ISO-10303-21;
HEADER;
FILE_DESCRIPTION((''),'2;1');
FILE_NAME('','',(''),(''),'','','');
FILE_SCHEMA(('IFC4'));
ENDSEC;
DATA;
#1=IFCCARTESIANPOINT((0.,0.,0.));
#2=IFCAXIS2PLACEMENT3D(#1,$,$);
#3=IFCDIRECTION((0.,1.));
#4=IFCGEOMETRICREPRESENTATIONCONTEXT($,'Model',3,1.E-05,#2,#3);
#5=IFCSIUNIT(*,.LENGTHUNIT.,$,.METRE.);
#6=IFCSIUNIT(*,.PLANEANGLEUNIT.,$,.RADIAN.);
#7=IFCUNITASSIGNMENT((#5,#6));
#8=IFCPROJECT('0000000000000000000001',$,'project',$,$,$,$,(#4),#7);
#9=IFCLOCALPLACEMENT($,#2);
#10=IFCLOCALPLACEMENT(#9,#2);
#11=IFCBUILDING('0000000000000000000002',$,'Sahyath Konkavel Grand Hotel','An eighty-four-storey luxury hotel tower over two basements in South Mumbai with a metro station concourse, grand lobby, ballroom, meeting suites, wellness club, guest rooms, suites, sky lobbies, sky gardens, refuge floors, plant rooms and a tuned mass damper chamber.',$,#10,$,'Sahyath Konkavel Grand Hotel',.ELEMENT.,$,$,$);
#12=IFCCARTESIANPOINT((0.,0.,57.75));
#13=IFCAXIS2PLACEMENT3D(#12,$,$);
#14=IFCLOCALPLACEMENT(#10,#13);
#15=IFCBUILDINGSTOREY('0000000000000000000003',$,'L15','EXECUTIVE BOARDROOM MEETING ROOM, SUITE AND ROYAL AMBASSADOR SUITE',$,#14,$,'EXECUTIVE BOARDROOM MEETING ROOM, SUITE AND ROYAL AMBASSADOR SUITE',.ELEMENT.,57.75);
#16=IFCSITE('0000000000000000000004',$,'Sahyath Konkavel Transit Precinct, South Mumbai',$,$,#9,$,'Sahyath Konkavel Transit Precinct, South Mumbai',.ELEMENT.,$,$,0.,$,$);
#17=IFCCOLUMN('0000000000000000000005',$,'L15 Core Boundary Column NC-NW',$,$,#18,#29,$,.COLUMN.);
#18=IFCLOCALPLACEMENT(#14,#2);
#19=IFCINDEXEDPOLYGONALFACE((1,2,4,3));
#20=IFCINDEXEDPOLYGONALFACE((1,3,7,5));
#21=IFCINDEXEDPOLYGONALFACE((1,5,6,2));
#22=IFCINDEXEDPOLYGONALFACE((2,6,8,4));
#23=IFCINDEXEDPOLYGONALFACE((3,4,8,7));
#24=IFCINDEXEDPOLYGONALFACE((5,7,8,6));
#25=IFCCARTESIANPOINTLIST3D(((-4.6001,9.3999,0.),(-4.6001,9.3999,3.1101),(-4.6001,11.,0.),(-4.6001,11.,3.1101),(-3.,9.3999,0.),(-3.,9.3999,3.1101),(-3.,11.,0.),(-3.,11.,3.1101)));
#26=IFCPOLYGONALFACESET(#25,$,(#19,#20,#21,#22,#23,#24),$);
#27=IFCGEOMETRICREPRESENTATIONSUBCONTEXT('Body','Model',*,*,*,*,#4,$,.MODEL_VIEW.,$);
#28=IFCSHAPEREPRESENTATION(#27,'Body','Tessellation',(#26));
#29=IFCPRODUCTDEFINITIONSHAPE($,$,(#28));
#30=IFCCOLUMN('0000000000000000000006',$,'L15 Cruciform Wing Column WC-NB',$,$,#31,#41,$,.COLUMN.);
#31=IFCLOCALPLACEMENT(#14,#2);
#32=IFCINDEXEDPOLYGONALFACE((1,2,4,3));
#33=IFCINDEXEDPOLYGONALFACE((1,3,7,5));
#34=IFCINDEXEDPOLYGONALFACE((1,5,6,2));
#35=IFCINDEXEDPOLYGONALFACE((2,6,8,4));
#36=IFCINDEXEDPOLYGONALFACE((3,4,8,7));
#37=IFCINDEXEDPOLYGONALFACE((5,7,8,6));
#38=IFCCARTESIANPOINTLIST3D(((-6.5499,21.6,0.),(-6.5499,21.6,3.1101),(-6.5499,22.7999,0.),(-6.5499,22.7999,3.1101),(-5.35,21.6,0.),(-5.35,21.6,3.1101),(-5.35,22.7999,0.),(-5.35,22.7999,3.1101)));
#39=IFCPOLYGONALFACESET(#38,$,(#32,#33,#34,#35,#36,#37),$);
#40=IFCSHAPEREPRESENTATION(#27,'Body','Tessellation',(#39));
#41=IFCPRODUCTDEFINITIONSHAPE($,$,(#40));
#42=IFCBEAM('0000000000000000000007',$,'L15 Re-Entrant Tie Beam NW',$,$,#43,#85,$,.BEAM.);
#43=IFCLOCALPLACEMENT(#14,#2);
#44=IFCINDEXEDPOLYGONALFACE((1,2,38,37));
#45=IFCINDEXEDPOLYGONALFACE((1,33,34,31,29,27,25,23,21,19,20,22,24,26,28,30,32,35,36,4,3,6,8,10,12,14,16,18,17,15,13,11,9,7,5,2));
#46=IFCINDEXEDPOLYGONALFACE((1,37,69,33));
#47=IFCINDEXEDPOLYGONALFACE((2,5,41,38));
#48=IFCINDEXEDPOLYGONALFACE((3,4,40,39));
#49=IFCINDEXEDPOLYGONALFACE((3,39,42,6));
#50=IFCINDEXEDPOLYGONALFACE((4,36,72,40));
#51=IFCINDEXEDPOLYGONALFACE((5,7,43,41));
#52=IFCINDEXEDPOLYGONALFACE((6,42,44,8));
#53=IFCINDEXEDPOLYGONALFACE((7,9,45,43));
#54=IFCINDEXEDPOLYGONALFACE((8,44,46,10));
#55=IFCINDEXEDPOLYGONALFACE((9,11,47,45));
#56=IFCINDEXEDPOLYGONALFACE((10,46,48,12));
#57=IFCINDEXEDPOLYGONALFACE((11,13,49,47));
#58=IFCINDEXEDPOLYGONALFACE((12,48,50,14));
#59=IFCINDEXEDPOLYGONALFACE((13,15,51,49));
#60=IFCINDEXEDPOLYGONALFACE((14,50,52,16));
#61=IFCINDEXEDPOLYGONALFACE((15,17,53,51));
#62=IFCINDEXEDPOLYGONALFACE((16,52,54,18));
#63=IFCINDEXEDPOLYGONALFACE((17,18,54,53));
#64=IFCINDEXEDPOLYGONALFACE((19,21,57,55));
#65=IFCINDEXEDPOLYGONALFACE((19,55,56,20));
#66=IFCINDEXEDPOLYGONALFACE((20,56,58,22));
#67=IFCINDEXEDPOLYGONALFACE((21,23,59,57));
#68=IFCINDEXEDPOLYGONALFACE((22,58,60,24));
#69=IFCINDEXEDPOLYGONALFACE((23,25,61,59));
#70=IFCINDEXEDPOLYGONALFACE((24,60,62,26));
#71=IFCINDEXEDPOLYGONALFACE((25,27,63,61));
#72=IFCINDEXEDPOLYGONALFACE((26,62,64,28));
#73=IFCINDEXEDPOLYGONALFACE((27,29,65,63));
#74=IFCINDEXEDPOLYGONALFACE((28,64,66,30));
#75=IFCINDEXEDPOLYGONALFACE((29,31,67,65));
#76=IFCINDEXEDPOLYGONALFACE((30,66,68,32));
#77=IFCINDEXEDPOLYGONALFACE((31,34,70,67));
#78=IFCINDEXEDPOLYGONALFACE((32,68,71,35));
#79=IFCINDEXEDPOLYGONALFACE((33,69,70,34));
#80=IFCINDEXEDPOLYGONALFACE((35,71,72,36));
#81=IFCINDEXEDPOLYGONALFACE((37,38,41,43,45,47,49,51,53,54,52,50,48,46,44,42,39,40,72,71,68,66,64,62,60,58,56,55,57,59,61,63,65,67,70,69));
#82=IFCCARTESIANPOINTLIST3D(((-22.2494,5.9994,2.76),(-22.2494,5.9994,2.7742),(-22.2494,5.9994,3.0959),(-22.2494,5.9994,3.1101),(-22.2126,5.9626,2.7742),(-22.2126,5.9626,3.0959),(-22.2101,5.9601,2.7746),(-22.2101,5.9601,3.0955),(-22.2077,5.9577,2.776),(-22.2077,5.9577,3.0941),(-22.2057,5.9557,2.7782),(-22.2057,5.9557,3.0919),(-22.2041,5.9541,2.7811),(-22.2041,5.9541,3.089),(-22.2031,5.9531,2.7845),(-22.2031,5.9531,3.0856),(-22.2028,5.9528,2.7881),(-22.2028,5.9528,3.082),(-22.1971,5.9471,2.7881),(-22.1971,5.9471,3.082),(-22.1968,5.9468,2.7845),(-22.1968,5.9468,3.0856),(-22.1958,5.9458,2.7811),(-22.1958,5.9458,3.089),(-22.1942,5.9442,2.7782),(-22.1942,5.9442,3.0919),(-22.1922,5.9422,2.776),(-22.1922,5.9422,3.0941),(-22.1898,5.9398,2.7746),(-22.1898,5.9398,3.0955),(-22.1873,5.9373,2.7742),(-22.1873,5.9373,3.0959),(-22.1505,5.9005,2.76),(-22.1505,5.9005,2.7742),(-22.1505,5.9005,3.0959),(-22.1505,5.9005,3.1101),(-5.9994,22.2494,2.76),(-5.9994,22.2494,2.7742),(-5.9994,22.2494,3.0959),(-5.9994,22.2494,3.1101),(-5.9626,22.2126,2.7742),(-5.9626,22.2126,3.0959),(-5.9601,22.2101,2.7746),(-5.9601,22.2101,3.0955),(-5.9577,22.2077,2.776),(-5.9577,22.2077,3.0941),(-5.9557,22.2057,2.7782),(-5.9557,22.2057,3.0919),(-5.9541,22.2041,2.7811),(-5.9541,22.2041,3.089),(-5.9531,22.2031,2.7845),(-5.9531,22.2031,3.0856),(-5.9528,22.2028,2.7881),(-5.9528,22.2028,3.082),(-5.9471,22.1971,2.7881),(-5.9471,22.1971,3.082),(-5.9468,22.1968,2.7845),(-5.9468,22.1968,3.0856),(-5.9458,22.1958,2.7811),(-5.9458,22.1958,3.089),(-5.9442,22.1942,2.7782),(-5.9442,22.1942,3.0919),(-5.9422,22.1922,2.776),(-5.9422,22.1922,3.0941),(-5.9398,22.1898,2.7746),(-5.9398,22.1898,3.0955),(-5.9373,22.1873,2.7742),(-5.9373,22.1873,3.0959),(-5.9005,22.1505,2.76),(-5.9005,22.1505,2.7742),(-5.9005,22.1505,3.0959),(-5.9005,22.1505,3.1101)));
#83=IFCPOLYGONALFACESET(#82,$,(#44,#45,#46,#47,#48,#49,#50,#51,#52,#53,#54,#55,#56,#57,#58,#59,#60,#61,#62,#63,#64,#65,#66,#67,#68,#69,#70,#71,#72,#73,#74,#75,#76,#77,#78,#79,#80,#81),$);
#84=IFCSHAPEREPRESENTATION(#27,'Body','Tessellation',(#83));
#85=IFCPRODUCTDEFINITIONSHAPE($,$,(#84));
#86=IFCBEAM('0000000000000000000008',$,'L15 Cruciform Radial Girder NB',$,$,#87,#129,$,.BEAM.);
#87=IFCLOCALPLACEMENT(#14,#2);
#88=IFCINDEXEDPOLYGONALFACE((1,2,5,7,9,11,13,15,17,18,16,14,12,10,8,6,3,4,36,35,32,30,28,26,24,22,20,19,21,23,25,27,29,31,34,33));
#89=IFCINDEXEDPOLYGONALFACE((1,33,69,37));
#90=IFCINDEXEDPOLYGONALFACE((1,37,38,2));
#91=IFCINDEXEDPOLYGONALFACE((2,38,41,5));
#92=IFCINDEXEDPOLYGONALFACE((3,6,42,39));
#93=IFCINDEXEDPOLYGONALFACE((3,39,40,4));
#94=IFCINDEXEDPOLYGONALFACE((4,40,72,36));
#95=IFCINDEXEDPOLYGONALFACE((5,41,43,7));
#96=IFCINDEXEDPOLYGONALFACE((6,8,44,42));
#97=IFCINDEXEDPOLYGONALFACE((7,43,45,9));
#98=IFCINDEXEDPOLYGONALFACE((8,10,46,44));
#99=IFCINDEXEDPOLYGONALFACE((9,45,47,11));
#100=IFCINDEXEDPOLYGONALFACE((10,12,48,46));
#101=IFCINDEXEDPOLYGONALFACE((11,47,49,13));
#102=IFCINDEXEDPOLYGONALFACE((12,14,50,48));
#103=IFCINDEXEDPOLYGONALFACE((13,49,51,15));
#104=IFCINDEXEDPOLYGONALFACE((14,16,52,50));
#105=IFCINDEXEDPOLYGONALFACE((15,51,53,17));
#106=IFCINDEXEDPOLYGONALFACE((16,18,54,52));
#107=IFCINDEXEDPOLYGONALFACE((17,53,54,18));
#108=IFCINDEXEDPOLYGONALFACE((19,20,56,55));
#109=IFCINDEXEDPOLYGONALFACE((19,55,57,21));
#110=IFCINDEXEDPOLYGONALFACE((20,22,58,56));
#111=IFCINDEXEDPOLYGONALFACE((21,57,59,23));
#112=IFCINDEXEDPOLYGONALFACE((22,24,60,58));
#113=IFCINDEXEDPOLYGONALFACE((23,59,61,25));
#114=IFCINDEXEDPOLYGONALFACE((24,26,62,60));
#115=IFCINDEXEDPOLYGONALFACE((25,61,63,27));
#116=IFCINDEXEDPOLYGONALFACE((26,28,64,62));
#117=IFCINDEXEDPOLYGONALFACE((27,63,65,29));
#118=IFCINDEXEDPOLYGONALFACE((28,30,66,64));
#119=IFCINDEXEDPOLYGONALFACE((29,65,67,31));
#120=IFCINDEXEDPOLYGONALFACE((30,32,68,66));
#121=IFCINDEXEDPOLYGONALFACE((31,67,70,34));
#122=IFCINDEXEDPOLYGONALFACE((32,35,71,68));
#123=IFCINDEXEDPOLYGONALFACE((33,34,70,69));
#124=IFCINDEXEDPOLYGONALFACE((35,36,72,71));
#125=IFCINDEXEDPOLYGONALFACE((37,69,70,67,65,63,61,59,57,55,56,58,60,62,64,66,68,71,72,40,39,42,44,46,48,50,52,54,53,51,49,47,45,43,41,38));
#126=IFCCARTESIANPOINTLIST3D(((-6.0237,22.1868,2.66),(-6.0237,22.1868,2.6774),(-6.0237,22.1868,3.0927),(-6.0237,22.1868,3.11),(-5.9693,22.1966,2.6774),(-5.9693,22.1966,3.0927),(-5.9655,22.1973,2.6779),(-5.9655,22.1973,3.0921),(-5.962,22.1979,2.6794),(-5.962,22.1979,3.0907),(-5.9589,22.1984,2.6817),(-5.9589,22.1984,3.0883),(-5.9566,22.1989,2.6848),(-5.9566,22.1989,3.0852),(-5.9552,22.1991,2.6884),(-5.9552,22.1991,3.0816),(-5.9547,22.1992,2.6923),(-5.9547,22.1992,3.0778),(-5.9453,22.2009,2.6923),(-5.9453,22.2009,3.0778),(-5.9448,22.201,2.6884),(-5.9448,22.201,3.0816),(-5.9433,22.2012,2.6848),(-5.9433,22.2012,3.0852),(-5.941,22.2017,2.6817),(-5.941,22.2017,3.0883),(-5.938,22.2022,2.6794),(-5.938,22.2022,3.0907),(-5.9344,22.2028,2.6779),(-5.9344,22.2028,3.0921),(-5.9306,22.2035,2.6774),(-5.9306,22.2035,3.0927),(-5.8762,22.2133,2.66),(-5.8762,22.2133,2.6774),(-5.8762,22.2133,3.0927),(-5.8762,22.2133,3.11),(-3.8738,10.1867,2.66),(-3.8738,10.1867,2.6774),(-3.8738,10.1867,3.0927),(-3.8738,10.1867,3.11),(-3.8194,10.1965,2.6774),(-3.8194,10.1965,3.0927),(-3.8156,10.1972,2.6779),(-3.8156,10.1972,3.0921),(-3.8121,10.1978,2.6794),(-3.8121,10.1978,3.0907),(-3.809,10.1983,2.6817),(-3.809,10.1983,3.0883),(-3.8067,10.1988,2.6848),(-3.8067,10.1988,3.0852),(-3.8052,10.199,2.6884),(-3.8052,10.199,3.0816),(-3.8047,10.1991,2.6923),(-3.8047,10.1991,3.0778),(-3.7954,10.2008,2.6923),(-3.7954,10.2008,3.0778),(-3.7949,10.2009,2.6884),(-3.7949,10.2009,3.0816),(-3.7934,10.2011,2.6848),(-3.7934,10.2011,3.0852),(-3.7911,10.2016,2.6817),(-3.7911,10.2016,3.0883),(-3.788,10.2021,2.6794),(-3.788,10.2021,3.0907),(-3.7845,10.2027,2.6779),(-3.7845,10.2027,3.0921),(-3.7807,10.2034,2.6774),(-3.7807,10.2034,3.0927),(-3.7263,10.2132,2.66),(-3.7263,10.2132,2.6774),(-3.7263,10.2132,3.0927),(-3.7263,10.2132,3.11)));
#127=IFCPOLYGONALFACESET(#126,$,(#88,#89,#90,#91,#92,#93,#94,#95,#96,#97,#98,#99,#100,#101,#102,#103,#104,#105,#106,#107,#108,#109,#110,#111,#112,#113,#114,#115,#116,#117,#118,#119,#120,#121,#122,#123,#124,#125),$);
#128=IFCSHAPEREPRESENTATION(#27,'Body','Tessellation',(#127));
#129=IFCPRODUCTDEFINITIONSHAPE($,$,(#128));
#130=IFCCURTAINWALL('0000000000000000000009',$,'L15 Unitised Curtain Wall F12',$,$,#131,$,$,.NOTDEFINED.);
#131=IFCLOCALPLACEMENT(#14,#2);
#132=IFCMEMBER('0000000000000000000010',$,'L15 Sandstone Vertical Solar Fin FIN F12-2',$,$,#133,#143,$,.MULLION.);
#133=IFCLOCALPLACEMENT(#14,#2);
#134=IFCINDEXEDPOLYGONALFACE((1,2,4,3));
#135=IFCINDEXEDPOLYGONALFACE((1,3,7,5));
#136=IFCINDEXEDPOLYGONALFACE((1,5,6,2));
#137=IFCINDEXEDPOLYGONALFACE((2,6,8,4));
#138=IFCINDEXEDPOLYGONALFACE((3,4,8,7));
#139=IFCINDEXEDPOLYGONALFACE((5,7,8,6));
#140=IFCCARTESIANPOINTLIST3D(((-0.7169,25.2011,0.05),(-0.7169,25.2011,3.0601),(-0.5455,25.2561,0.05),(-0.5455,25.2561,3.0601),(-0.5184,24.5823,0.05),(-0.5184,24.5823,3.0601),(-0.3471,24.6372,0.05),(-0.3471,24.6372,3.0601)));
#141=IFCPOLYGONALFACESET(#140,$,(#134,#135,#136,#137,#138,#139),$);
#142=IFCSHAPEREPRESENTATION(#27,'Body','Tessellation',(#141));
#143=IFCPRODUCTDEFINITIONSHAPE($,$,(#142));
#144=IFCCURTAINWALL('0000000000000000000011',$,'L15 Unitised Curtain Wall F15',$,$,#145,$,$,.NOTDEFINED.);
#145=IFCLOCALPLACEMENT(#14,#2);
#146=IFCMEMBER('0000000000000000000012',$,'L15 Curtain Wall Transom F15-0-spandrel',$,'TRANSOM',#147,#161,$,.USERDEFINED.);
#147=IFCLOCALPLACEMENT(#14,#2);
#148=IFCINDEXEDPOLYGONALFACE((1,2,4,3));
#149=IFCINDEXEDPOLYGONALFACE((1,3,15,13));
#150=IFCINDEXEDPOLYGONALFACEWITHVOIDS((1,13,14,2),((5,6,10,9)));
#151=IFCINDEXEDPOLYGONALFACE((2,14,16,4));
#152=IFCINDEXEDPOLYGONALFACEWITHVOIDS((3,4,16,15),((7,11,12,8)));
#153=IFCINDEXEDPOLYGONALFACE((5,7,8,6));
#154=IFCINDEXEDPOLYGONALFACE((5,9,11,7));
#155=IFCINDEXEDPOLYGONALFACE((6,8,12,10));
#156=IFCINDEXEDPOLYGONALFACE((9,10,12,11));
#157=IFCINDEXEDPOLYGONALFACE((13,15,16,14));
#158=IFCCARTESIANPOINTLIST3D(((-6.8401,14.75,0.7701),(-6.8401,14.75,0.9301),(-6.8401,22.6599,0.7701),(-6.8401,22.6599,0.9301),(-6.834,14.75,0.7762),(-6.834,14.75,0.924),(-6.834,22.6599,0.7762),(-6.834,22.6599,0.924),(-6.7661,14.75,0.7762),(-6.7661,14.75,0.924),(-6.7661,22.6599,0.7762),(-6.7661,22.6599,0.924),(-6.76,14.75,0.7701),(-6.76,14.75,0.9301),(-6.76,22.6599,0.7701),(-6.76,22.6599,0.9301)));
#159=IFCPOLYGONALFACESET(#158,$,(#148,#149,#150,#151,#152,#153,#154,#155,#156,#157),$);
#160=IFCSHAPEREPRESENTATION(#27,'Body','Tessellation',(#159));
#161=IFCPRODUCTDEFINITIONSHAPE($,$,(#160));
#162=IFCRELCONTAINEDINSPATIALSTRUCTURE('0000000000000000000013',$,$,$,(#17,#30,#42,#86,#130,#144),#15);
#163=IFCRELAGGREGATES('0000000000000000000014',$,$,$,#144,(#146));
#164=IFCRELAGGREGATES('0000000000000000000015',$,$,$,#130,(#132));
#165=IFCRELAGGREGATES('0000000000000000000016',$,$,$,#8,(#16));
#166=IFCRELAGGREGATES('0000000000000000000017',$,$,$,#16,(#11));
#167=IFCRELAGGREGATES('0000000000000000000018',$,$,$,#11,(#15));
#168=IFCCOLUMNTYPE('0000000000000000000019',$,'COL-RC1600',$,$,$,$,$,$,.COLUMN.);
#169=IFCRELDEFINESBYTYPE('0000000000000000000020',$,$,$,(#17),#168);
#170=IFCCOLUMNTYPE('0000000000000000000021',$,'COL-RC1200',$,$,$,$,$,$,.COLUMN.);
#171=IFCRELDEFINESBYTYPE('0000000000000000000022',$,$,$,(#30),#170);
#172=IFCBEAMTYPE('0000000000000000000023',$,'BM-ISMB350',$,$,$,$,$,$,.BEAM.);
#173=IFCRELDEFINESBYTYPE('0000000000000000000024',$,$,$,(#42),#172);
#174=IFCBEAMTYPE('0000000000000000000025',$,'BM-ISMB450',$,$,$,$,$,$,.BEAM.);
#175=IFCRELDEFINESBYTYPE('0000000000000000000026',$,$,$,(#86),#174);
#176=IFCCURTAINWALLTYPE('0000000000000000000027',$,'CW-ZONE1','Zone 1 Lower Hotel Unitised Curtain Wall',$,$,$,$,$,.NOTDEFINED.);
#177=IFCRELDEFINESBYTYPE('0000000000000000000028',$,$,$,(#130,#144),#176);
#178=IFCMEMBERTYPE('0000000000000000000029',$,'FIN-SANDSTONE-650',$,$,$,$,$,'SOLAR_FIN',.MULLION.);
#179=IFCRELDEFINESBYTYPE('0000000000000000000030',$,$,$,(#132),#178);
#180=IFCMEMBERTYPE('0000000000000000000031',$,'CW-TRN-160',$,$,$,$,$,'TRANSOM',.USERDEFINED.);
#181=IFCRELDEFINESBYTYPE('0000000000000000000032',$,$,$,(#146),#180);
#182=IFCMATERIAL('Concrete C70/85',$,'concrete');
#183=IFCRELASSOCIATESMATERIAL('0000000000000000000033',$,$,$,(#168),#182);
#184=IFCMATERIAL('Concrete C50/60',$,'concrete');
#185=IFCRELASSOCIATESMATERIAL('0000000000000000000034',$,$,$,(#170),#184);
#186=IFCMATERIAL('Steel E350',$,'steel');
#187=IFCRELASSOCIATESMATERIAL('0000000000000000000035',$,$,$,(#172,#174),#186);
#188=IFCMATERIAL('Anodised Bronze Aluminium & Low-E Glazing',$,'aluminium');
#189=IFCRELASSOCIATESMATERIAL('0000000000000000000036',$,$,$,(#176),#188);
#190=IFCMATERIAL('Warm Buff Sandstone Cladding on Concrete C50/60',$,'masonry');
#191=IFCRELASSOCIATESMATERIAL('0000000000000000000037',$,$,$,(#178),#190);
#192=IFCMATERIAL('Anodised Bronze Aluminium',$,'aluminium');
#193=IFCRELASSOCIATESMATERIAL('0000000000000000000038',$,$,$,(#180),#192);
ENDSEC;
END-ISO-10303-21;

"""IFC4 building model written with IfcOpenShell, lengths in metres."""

from ifc_helpers import new_model, si_unit, direction, frame, origin, origin_2d, place, context, subcontext, project, spatial, rectangle, hollow_rectangle, i_section, extrude, source, transform, mapped, material, material_profile, profile_set, type_object, element, aggregate, save


model = new_model("IFC4")

# Units and contexts
model_context = context("Model", 3, precision=1e-05, world=origin(), true_north=direction((0.0, 1.0)))
body_context = subcontext(model_context, "Body", "Model", "MODEL_VIEW")
ifc_project = project(units=[si_unit("LENGTHUNIT", "METRE"), si_unit("PLANEANGLEUNIT", "RADIAN")], contexts=[model_context])

# Site, building, storey
site_placement = place(None, origin())
site = spatial("IfcSite", under=ifc_project, at=site_placement, Name="Sahyath Konkavel Transit Precinct, South Mumbai", LongName="Sahyath Konkavel Transit Precinct, South Mumbai", CompositionType="ELEMENT", RefElevation=0.0)
building_placement = place(site_placement, origin())
building = spatial("IfcBuilding", under=site, at=building_placement, Name="Sahyath Konkavel Grand Hotel", Description="An eighty-four-storey luxury hotel tower over two basements in South Mumbai with a metro station concourse, grand lobby, ballroom, meeting suites, wellness club, guest rooms, suites, sky lobbies, sky gardens, refuge floors, plant rooms and a tuned mass damper chamber.", LongName="Sahyath Konkavel Grand Hotel", CompositionType="ELEMENT")
storey_placement = place(building_placement, frame((0.0, 0.0, 57.75)))
storey = spatial("IfcBuildingStorey", under=building, at=storey_placement, Name="L15", Description="EXECUTIVE BOARDROOM MEETING ROOM, SUITE AND ROYAL AMBASSADOR SUITE", LongName="EXECUTIVE BOARDROOM MEETING ROOM, SUITE AND ROYAL AMBASSADOR SUITE", CompositionType="ELEMENT", Elevation=57.75)

# Columns
ifc_material_1 = material(Name="Concrete C70/85", Category="concrete")
ifc_material_profile_1 = material_profile(ifc_material_1, rectangle(XDim=1.6001, YDim=1.6001, at=origin_2d()), Name="RC 1600x1600")
ifc_profile_set_1 = profile_set([ifc_material_profile_1], Name="Concrete C70/85")
column_type_1 = type_object("IfcColumnType", Name="COL-RC1600", PredefinedType="COLUMN", material=ifc_profile_set_1)
shared_shape_1 = source(origin(), body_context, "Body", "SweptSolid", [
    extrude(rectangle(XDim=1.6001, YDim=1.6001, at=origin_2d()), origin(), (0.0, 0.0, 1.0), 3.1101),
])
column_1_placement = place(storey_placement, frame((-3.8, 10.2, 0.0), z_axis=(0.0, 0.0, 1.0), x_axis=(1.0, 0.0, 0.0)))
element("IfcColumn", 1, at=column_1_placement, inside=storey, type_object=column_type_1, Name="L15 Core Boundary Column NC-NW", PredefinedType="COLUMN", context=body_context, shape_type="MappedRepresentation", body=[
    mapped(shared_shape_1, transform((0.0, 0.0, 0.0), scale=1.0)),
])
ifc_material_2 = material(Name="Concrete C50/60", Category="concrete")
ifc_material_profile_2 = material_profile(ifc_material_2, rectangle(XDim=1.2, YDim=1.2, at=origin_2d()), Name="RC 1200x1200")
ifc_profile_set_2 = profile_set([ifc_material_profile_2], Name="Concrete C50/60")
column_type_2 = type_object("IfcColumnType", Name="COL-RC1200", PredefinedType="COLUMN", material=ifc_profile_set_2)
shared_shape_2 = source(origin(), body_context, "Body", "SweptSolid", [
    extrude(rectangle(XDim=1.2, YDim=1.2, at=origin_2d()), origin(), (0.0, 0.0, 1.0), 3.1101),
])
column_2_placement = place(storey_placement, frame((-5.95, 22.2, 0.0), z_axis=(0.0, 0.0, 1.0), x_axis=(1.0, 0.0, 0.0)))
element("IfcColumn", 2, at=column_2_placement, inside=storey, type_object=column_type_2, Name="L15 Cruciform Wing Column WC-NB", PredefinedType="COLUMN", context=body_context, shape_type="MappedRepresentation", body=[
    mapped(shared_shape_2, transform((0.0, 0.0, 0.0), scale=1.0)),
])

# Beams
ifc_material_3 = material(Name="Steel E350", Category="steel")
ifc_material_profile_3 = material_profile(ifc_material_3, i_section(OverallWidth=0.1399, OverallDepth=0.3501, WebThickness=0.0081, FlangeThickness=0.0142, FilletRadius=0.0139, at=origin_2d()), Name="ISMB 350")
ifc_profile_set_3 = profile_set([ifc_material_profile_3], Name="Steel E350")
beam_type_1 = type_object("IfcBeamType", Name="BM-ISMB350", PredefinedType="BEAM", material=ifc_profile_set_3)
shared_shape_3 = source(origin(), body_context, "Body", "SweptSolid", [
    extrude(i_section(OverallWidth=0.1399, OverallDepth=0.3501, WebThickness=0.0081, FlangeThickness=0.0142, FilletRadius=0.0139, at=origin_2d()), origin(), (0.0, 0.0, 1.0), 22.981),
])
beam_1_placement = place(storey_placement, frame((-5.95, 22.2, 2.9351), z_axis=(-0.707107, -0.707107, 0.0), x_axis=(0.707107, -0.707107, 0.0)))
element("IfcBeam", 3, at=beam_1_placement, inside=storey, type_object=beam_type_1, Name="L15 Re-Entrant Tie Beam NW", PredefinedType="BEAM", context=body_context, shape_type="MappedRepresentation", body=[
    mapped(shared_shape_3, transform((0.0, 0.0, 0.0), scale=1.0)),
])
ifc_material_profile_4 = material_profile(ifc_material_3, i_section(OverallWidth=0.1499, OverallDepth=0.45, WebThickness=0.0095, FlangeThickness=0.0173, FilletRadius=0.0149, at=origin_2d()), Name="ISMB 450")
ifc_profile_set_4 = profile_set([ifc_material_profile_4], Name="Steel E350")
beam_type_2 = type_object("IfcBeamType", Name="BM-ISMB450", PredefinedType="BEAM", material=ifc_profile_set_4)
shared_shape_4 = source(origin(), body_context, "Body", "SweptSolid", [
    extrude(i_section(OverallWidth=0.1499, OverallDepth=0.45, WebThickness=0.0095, FlangeThickness=0.0173, FilletRadius=0.0149, at=origin_2d()), origin(), (0.0, 0.0, 1.0), 12.1912),
])
beam_2_placement = place(storey_placement, frame((-3.8, 10.2, 2.885), z_axis=(-0.176351, 0.984327, 0.0), x_axis=(-0.984327, -0.176351, 0.0)))
element("IfcBeam", 4, at=beam_2_placement, inside=storey, type_object=beam_type_2, Name="L15 Cruciform Radial Girder NB", PredefinedType="BEAM", context=body_context, shape_type="MappedRepresentation", body=[
    mapped(shared_shape_4, transform((0.0, 0.0, 0.0), scale=1.0)),
])

# Curtain walls, members
ifc_material_4 = material(Name="Anodised Bronze Aluminium & Low-E Glazing", Category="aluminium")
curtain_wall_type = type_object("IfcCurtainWallType", Name="CW-ZONE1", Description="Zone 1 Lower Hotel Unitised Curtain Wall", PredefinedType="NOTDEFINED", material=ifc_material_4)
curtain_wall_1_placement = place(storey_placement, origin())
curtain_wall_1 = element("IfcCurtainWall", 5, at=curtain_wall_1_placement, inside=storey, type_object=curtain_wall_type, Name="L15 Unitised Curtain Wall F12", PredefinedType="NOTDEFINED")
ifc_material_5 = material(Name="Warm Buff Sandstone Cladding on Concrete C50/60", Category="masonry")
ifc_material_profile_5 = material_profile(ifc_material_5, rectangle(XDim=0.1799, YDim=0.6499, at=origin_2d()), Name="FIN 180x650")
ifc_profile_set_5 = profile_set([ifc_material_profile_5], Name="Warm Buff Sandstone Cladding on Concrete C50/60")
member_type_1 = type_object("IfcMemberType", Name="FIN-SANDSTONE-650", ElementType="SOLAR_FIN", PredefinedType="MULLION", material=ifc_profile_set_5)
shared_shape_5 = source(origin(), body_context, "Body", "SweptSolid", [
    extrude(rectangle(XDim=0.1799, YDim=0.6499, at=origin_2d()), origin(), (0.0, 0.0, 1.0), 3.01),
])
member_1_placement = place(storey_placement, frame((-0.532, 24.9192, 0.05), z_axis=(0.0, 0.0, 1.0), x_axis=(0.952236, 0.305363, 0.0)))
member_1 = element("IfcMember", 6, at=member_1_placement, type_object=member_type_1, Name="L15 Sandstone Vertical Solar Fin FIN F12-2", PredefinedType="MULLION", context=body_context, shape_type="MappedRepresentation", body=[
    mapped(shared_shape_5, transform((0.0, 0.0, 0.0), scale=1.0)),
])
curtain_wall_2_placement = place(storey_placement, origin())
curtain_wall_2 = element("IfcCurtainWall", 7, at=curtain_wall_2_placement, inside=storey, type_object=curtain_wall_type, Name="L15 Unitised Curtain Wall F15", PredefinedType="NOTDEFINED")
ifc_material_6 = material(Name="Anodised Bronze Aluminium", Category="aluminium")
ifc_material_profile_6 = material_profile(ifc_material_6, hollow_rectangle(XDim=0.0801, YDim=0.1599, WallThickness=0.0061, at=origin_2d()), Name="RHS 160x80x6")
ifc_profile_set_6 = profile_set([ifc_material_profile_6], Name="Anodised Bronze Aluminium")
member_type_2 = type_object("IfcMemberType", Name="CW-TRN-160", ElementType="TRANSOM", PredefinedType="USERDEFINED", material=ifc_profile_set_6)
shared_shape_6 = source(origin(), body_context, "Body", "SweptSolid", [
    extrude(hollow_rectangle(XDim=0.0801, YDim=0.1599, WallThickness=0.0061, at=origin_2d()), origin(), (0.0, 0.0, 1.0), 7.9099),
])
member_2_placement = place(storey_placement, frame((-6.8, 22.6599, 0.8501), z_axis=(0.0, -1.0, 0.0), x_axis=(1.0, 0.0, 0.0)))
member_2 = element("IfcMember", 8, at=member_2_placement, type_object=member_type_2, Name="L15 Curtain Wall Transom F15-0-spandrel", ObjectType="TRANSOM", PredefinedType="USERDEFINED", context=body_context, shape_type="MappedRepresentation", body=[
    mapped(shared_shape_6, transform((0.0, 0.0, 0.0), scale=1.0)),
])
aggregate(curtain_wall_2, [member_2])

aggregate(curtain_wall_1, [member_1])

save(model, "model.ifc")
